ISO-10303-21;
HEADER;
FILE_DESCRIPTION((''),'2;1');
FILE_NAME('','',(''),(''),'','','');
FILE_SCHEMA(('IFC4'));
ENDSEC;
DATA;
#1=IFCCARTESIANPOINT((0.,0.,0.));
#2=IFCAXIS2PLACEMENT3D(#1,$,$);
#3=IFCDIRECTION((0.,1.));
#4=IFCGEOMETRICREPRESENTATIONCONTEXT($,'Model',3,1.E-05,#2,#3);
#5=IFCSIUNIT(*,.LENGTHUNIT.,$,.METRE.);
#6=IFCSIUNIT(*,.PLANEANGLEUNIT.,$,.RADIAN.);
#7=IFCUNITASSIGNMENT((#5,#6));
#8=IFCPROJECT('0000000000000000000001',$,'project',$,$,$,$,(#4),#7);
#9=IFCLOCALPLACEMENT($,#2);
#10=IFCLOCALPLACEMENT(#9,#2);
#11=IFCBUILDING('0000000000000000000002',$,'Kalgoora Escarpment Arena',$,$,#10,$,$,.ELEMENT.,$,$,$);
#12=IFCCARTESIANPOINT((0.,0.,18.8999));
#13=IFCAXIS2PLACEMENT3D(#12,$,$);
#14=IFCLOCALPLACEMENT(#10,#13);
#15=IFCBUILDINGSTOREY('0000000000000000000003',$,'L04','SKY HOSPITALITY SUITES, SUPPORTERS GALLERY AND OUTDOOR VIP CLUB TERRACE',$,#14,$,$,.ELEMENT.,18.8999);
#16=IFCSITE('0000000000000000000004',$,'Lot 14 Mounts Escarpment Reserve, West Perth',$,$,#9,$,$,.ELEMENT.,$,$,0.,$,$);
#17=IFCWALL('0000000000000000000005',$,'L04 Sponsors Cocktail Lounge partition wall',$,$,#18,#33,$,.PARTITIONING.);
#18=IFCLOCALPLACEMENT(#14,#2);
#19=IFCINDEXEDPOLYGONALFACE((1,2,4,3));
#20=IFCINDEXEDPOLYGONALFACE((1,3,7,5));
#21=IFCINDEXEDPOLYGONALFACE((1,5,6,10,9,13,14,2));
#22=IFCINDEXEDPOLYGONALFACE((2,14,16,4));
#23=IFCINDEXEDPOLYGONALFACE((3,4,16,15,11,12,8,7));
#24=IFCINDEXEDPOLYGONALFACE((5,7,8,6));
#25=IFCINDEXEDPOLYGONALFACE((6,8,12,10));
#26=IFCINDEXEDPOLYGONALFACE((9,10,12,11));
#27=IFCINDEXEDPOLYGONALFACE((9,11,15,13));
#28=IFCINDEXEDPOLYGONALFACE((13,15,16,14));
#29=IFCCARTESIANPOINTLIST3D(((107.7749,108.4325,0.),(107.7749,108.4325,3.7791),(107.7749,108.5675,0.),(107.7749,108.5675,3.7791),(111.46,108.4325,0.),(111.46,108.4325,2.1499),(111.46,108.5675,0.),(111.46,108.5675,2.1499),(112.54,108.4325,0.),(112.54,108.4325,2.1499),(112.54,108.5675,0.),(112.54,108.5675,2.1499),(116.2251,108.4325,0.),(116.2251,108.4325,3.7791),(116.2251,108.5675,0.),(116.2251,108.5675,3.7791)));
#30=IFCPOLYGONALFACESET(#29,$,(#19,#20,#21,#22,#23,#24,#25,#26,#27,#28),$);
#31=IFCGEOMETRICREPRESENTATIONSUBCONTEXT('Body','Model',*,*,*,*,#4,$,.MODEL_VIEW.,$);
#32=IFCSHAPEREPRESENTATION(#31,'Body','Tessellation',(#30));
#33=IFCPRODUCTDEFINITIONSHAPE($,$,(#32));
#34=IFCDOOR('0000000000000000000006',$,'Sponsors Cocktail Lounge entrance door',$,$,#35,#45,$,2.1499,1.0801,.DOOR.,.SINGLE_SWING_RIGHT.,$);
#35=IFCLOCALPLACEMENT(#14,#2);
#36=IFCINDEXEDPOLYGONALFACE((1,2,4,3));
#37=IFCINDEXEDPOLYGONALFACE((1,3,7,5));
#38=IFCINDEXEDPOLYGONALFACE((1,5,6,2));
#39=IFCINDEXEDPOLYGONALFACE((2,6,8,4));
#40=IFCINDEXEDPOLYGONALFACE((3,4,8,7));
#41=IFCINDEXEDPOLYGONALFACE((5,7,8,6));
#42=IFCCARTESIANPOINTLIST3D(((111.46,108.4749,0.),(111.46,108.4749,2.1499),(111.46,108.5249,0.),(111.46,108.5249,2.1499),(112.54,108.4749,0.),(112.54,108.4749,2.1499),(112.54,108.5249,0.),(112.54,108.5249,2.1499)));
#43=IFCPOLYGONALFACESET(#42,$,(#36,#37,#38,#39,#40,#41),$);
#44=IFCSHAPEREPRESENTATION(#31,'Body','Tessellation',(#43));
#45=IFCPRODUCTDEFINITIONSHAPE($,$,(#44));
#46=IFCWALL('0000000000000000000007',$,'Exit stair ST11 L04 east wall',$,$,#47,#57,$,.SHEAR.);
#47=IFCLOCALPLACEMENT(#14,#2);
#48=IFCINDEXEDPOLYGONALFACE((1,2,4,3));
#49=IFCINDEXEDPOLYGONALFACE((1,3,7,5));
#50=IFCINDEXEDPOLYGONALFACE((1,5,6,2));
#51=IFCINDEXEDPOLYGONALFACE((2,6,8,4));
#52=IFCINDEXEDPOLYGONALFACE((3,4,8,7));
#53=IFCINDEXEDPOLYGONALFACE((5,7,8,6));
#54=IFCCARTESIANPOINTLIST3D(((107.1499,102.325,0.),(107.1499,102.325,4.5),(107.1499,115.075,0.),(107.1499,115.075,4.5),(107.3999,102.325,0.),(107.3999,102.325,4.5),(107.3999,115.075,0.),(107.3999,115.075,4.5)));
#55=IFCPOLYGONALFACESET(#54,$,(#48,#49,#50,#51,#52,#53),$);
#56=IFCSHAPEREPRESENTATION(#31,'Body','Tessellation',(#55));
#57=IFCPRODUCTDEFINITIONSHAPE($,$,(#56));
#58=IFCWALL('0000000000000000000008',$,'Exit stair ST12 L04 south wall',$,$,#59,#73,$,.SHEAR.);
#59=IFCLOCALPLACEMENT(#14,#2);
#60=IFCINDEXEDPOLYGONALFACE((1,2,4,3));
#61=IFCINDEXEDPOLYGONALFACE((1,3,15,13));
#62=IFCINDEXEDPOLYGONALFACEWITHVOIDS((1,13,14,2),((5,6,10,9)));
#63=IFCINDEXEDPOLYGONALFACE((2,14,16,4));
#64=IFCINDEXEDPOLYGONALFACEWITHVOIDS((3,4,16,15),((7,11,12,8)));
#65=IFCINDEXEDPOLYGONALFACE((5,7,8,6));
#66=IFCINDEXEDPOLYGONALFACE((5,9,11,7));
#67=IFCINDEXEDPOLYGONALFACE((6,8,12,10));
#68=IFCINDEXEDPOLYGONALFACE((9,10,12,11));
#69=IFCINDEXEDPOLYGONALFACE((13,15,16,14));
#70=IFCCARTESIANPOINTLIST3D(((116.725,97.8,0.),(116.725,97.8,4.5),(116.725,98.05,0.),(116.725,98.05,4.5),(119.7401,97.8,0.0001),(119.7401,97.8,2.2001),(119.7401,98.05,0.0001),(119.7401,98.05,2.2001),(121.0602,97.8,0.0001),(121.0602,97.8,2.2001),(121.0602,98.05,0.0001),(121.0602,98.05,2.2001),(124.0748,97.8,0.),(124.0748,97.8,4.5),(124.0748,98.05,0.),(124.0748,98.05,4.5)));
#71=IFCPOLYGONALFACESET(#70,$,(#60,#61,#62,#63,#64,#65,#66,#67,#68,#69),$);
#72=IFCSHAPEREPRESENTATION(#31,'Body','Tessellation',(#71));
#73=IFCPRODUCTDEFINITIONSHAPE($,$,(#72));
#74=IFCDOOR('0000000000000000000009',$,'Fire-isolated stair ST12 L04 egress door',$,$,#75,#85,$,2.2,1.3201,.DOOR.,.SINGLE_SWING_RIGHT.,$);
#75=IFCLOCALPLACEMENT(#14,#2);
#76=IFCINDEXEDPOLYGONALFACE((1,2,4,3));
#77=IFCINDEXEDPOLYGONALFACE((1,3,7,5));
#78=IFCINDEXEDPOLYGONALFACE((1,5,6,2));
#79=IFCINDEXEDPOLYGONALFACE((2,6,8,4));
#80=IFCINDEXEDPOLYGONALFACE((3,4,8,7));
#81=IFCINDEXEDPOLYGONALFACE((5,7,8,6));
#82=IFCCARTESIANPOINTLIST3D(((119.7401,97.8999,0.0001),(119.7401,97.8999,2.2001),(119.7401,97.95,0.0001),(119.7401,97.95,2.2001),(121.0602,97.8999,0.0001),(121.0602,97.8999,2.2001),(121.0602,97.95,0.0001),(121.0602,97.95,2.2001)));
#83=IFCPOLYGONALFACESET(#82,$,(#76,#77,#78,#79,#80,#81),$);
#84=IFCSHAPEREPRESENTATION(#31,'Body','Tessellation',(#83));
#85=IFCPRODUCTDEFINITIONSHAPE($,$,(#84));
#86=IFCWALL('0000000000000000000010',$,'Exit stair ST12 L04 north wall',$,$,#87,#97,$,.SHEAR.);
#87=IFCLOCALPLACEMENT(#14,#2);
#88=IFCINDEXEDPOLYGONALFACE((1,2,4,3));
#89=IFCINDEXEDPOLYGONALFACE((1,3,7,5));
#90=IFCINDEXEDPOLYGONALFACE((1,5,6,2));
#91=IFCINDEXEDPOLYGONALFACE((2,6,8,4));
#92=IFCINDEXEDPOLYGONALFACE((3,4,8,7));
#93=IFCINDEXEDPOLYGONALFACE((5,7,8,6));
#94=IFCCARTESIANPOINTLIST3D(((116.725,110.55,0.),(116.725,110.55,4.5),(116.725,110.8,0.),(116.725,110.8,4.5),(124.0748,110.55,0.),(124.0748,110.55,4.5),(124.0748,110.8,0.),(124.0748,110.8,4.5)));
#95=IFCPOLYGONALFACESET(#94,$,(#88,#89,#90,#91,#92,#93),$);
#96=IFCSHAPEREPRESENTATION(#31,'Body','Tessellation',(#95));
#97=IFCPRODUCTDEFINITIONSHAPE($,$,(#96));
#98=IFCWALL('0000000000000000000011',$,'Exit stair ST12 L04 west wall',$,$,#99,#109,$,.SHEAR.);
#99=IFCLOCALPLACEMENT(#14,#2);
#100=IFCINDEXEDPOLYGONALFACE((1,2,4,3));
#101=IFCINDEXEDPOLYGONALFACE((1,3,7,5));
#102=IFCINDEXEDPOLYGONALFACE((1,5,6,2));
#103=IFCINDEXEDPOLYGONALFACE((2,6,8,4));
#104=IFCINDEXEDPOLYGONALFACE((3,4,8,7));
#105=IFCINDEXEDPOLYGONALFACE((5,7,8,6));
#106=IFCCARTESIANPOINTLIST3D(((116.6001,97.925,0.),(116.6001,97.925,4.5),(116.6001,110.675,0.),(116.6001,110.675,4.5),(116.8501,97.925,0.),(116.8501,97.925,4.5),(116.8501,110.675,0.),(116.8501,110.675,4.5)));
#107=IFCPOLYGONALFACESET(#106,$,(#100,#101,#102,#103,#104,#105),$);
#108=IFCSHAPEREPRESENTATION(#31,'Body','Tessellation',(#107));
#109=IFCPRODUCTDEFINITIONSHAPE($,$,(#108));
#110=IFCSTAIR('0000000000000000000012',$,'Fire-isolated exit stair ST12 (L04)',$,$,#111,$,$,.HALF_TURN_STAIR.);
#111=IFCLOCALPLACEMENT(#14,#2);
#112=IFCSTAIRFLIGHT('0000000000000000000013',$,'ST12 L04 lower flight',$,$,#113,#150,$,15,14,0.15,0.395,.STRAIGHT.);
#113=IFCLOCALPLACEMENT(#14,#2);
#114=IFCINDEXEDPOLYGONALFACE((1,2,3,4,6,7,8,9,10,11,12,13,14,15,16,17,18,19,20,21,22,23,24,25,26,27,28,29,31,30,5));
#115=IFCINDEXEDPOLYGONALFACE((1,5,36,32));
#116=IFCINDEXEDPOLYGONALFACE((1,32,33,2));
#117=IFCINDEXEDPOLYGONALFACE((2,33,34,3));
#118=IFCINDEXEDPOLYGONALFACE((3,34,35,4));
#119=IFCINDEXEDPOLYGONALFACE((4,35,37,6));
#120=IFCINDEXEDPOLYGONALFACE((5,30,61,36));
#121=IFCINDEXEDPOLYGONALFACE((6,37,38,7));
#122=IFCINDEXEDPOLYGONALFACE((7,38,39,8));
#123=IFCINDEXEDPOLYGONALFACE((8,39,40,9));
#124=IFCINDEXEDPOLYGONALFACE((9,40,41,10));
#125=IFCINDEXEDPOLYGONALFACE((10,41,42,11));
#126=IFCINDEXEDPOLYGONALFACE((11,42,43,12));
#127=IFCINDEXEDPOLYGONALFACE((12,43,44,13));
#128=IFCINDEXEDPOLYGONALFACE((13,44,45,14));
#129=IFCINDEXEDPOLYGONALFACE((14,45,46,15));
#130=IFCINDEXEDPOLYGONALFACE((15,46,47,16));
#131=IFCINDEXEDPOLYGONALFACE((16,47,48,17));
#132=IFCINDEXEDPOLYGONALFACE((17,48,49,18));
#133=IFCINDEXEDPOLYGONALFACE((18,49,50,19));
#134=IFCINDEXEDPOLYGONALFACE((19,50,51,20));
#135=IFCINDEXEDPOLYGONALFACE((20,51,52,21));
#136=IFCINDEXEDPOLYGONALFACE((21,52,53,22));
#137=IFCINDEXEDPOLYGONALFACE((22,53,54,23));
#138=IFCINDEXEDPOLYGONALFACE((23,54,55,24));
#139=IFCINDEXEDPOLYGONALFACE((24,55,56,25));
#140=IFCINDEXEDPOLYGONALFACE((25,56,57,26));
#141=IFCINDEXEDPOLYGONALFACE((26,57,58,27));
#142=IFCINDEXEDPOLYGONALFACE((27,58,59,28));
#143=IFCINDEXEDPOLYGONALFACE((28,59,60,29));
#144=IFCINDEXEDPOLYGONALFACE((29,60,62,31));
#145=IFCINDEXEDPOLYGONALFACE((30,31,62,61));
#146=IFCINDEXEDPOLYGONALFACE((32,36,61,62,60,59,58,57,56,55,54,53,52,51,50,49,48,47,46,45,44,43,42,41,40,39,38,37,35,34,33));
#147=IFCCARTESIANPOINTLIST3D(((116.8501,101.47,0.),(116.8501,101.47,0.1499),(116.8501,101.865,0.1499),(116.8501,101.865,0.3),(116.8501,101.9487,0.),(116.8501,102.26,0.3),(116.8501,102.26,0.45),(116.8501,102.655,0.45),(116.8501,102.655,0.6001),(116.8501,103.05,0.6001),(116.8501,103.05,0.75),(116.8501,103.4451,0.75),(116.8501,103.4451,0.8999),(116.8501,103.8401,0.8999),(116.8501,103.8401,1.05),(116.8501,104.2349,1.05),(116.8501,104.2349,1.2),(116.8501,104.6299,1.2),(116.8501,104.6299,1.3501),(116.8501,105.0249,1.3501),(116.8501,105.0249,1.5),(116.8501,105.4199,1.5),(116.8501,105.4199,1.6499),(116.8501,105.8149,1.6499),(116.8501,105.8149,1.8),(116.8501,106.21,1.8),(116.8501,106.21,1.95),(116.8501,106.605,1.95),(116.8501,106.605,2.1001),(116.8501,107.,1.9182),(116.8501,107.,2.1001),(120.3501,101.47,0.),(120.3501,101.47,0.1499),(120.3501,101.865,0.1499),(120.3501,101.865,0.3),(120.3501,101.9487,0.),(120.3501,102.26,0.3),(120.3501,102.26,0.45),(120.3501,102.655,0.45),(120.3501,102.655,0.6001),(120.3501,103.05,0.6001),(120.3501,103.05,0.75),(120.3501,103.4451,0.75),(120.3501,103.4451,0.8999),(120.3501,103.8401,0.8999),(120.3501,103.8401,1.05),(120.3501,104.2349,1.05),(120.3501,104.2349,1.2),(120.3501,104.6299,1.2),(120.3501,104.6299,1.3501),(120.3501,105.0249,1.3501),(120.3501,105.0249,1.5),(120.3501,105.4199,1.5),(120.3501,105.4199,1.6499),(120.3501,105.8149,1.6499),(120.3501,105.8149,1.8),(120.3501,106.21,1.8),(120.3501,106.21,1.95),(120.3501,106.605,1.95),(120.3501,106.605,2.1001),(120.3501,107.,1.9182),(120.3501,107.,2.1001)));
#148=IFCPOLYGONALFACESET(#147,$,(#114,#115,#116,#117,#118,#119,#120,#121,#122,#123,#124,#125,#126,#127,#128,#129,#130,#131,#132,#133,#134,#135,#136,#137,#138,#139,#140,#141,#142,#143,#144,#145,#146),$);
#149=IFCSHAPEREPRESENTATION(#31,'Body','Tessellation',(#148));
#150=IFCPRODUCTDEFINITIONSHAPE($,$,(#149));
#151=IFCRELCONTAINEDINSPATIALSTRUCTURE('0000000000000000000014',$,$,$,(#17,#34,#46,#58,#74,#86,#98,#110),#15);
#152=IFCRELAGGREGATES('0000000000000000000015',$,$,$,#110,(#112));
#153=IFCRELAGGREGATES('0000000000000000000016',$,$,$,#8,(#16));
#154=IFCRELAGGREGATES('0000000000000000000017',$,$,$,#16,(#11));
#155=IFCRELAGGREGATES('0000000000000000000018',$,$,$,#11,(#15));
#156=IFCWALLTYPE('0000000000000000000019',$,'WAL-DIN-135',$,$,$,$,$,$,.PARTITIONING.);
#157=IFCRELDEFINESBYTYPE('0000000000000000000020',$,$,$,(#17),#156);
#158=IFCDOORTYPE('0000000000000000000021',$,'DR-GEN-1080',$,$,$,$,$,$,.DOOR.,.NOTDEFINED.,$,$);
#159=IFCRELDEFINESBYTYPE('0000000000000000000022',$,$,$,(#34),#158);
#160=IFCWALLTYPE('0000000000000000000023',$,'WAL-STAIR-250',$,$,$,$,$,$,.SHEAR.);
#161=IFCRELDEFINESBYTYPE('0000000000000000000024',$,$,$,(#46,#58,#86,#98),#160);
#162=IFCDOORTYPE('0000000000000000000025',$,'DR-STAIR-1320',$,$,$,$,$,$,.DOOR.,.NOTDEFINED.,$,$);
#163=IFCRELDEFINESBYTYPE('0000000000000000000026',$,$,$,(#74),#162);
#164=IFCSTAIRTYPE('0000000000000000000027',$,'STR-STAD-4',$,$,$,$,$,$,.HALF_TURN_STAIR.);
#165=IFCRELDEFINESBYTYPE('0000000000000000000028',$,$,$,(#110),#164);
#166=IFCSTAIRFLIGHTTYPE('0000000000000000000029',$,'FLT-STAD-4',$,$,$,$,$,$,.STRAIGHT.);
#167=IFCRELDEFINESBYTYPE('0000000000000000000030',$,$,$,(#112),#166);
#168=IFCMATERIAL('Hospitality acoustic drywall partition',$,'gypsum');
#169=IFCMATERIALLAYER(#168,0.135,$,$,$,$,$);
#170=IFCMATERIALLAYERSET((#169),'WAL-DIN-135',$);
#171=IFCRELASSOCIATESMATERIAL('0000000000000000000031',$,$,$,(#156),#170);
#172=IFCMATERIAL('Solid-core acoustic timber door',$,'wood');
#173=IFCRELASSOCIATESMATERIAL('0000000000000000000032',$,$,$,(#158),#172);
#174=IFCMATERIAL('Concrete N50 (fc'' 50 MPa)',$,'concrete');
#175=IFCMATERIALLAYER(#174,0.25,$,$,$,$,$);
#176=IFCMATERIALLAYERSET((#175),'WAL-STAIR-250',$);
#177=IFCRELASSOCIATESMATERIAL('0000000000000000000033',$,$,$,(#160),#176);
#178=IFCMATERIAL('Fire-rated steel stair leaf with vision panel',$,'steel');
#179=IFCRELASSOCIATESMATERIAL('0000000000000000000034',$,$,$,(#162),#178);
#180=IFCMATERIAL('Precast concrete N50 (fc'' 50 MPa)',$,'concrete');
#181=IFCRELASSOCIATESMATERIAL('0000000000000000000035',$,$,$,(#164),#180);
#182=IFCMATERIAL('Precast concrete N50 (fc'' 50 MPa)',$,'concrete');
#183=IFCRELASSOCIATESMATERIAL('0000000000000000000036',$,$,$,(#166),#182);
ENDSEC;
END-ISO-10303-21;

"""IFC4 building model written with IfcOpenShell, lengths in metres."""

from ifc_helpers import new_model, si_unit, direction, frame, frame_2d, origin, place, context, subcontext, project, spatial, polyline, rectangle, outline, extrude, material, layer, layer_set, type_object, element, fill, aggregate, save


model = new_model("IFC4")

# Units and contexts
model_context = context("Model", 3, precision=1e-05, world=origin(), true_north=direction((0.0, 1.0)))
body_context = subcontext(model_context, "Body", "Model", "MODEL_VIEW")
ifc_project = project(units=[si_unit("LENGTHUNIT", "METRE"), si_unit("PLANEANGLEUNIT", "RADIAN")], contexts=[model_context])

# Site, building, storey
site_placement = place(None, origin())
site = spatial("IfcSite", under=ifc_project, at=site_placement, Name="Lot 14 Mounts Escarpment Reserve, West Perth", CompositionType="ELEMENT", RefElevation=0.0)
building_placement = place(site_placement, origin())
building = spatial("IfcBuilding", under=site, at=building_placement, Name="Kalgoora Escarpment Arena", CompositionType="ELEMENT")
storey_placement = place(building_placement, frame((0.0, 0.0, 18.8999)))
storey = spatial("IfcBuildingStorey", under=building, at=storey_placement, Name="L04", Description="SKY HOSPITALITY SUITES, SUPPORTERS GALLERY AND OUTDOOR VIP CLUB TERRACE", CompositionType="ELEMENT", Elevation=18.8999)

# Shared definitions
ifc_material_1 = material(Name="Hospitality acoustic drywall partition", Category="gypsum")
ifc_layer_1 = layer(ifc_material_1, 0.135)
ifc_layer_set_1 = layer_set([ifc_layer_1], Name="WAL-DIN-135")
wall_type_1 = type_object("IfcWallType", Name="WAL-DIN-135", PredefinedType="PARTITIONING", material=ifc_layer_set_1)

# Wall, opening, door
wall_1_placement = place(storey_placement, frame((107.7749, 108.5, 0.0), z_axis=(0.0, 0.0, 1.0), x_axis=(1.0, 0.0, 0.0)))
wall_1 = element("IfcWall", 1, at=wall_1_placement, inside=storey, type_object=wall_type_1, Name="L04 Sponsors Cocktail Lounge partition wall", PredefinedType="PARTITIONING", context=body_context, shape_type="SweptSolid", body=[
    extrude(rectangle(XDim=8.4502, YDim=0.135, at=frame_2d((4.2251, 0.0))), origin(), (0.0, 0.0, 1.0), 3.7791),
])
opening_1_placement = place(wall_1_placement, frame((3.6851, 0.0, 0.0)))
opening_1 = element("IfcOpeningElement", 2, at=opening_1_placement, cuts=wall_1, PredefinedType="OPENING", context=body_context, shape_type="SweptSolid", body=[
    extrude(rectangle(XDim=1.0801, YDim=2.1499, at=frame_2d((0.54, 1.075))), frame((0.0, 0.0774, 0.0), z_axis=(0.0, -1.0, 0.0), x_axis=(1.0, 0.0, 0.0)), (0.0, 0.0, 1.0), 0.155),
])
ifc_material_2 = material(Name="Solid-core acoustic timber door", Category="wood")
door_type_1 = type_object("IfcDoorType", Name="DR-GEN-1080", OperationType="NOTDEFINED", PredefinedType="DOOR", material=ifc_material_2)
door_1_placement = place(opening_1_placement, origin())
door_1 = element("IfcDoor", 3, at=door_1_placement, inside=storey, type_object=door_type_1, Name="Sponsors Cocktail Lounge entrance door", OperationType="SINGLE_SWING_RIGHT", OverallHeight=2.1499, OverallWidth=1.0801, PredefinedType="DOOR", context=body_context, shape_type="SweptSolid", body=[
    extrude(rectangle(XDim=1.0801, YDim=2.1499, at=frame_2d((0.54, 1.075))), frame((0.0, 0.0249, 0.0), z_axis=(0.0, -1.0, 0.0), x_axis=(1.0, 0.0, 0.0)), (0.0, 0.0, 1.0), 0.05),
])
fill(opening_1, door_1)

# Wall
ifc_material_3 = material(Name="Concrete N50 (fc' 50 MPa)", Category="concrete")
ifc_layer_2 = layer(ifc_material_3, 0.25)
ifc_layer_set_2 = layer_set([ifc_layer_2], Name="WAL-STAIR-250")
wall_type_2 = type_object("IfcWallType", Name="WAL-STAIR-250", PredefinedType="SHEAR", material=ifc_layer_set_2)
wall_2_placement = place(storey_placement, frame((107.2749, 102.325, 0.0), z_axis=(0.0, 0.0, 1.0), x_axis=(0.0, 1.0, 0.0)))
element("IfcWall", 4, at=wall_2_placement, inside=storey, type_object=wall_type_2, Name="Exit stair ST11 L04 east wall", PredefinedType="SHEAR", context=body_context, shape_type="SweptSolid", body=[
    extrude(rectangle(XDim=12.75, YDim=0.25, at=frame_2d((6.375, 0.0))), origin(), (0.0, 0.0, 1.0), 4.5),
])

# Wall, opening, door
wall_3_placement = place(storey_placement, frame((116.7251, 97.925, 0.0), z_axis=(0.0, 0.0, 1.0), x_axis=(1.0, 0.0, 0.0)))
wall_3 = element("IfcWall", 5, at=wall_3_placement, inside=storey, type_object=wall_type_2, Name="Exit stair ST12 L04 south wall", PredefinedType="SHEAR", context=body_context, shape_type="SweptSolid", body=[
    extrude(rectangle(XDim=7.3499, YDim=0.25, at=frame_2d((3.6748, 0.0))), origin(), (0.0, 0.0, 1.0), 4.5),
])
opening_2_placement = place(wall_3_placement, frame((3.0149, 0.0, 0.0)))
opening_2 = element("IfcOpeningElement", 6, at=opening_2_placement, cuts=wall_3, PredefinedType="OPENING", context=body_context, shape_type="SweptSolid", body=[
    extrude(rectangle(XDim=1.3201, YDim=2.2, at=frame_2d((0.6602, 1.1001))), frame((0.0, 0.135, 0.0), z_axis=(0.0, -1.0, 0.0), x_axis=(1.0, 0.0, 0.0)), (0.0, 0.0, 1.0), 0.27),
])
ifc_material_4 = material(Name="Fire-rated steel stair leaf with vision panel", Category="steel")
door_type_2 = type_object("IfcDoorType", Name="DR-STAIR-1320", OperationType="NOTDEFINED", PredefinedType="DOOR", material=ifc_material_4)
door_2_placement = place(opening_2_placement, origin())
door_2 = element("IfcDoor", 7, at=door_2_placement, inside=storey, type_object=door_type_2, Name="Fire-isolated stair ST12 L04 egress door", OperationType="SINGLE_SWING_RIGHT", OverallHeight=2.2, OverallWidth=1.3201, PredefinedType="DOOR", context=body_context, shape_type="SweptSolid", body=[
    extrude(rectangle(XDim=1.3201, YDim=2.2, at=frame_2d((0.6602, 1.1001))), frame((0.0, 0.0249, 0.0), z_axis=(0.0, -1.0, 0.0), x_axis=(1.0, 0.0, 0.0)), (0.0, 0.0, 1.0), 0.05),
])
fill(opening_2, door_2)

# Walls
wall_4_placement = place(storey_placement, frame((116.7251, 110.675, 0.0), z_axis=(0.0, 0.0, 1.0), x_axis=(1.0, 0.0, 0.0)))
element("IfcWall", 8, at=wall_4_placement, inside=storey, type_object=wall_type_2, Name="Exit stair ST12 L04 north wall", PredefinedType="SHEAR", context=body_context, shape_type="SweptSolid", body=[
    extrude(rectangle(XDim=7.3499, YDim=0.25, at=frame_2d((3.6748, 0.0))), origin(), (0.0, 0.0, 1.0), 4.5),
])
wall_5_placement = place(storey_placement, frame((116.7251, 97.925, 0.0), z_axis=(0.0, 0.0, 1.0), x_axis=(0.0, 1.0, 0.0)))
element("IfcWall", 9, at=wall_5_placement, inside=storey, type_object=wall_type_2, Name="Exit stair ST12 L04 west wall", PredefinedType="SHEAR", context=body_context, shape_type="SweptSolid", body=[
    extrude(rectangle(XDim=12.75, YDim=0.25, at=frame_2d((6.375, 0.0))), origin(), (0.0, 0.0, 1.0), 4.5),
])

# Stair, stair flight
ifc_material_5 = material(Name="Precast concrete N50 (fc' 50 MPa)", Category="concrete")
stair_type = type_object("IfcStairType", Name="STR-STAD-4", PredefinedType="HALF_TURN_STAIR", material=ifc_material_5)
stair_placement = place(storey_placement, origin())
stair = element("IfcStair", 10, at=stair_placement, inside=storey, type_object=stair_type, Name="Fire-isolated exit stair ST12 (L04)", PredefinedType="HALF_TURN_STAIR")
ifc_material_6 = material(Name="Precast concrete N50 (fc' 50 MPa)", Category="concrete")
stair_flight_type = type_object("IfcStairFlightType", Name="FLT-STAD-4", PredefinedType="STRAIGHT", material=ifc_material_6)
stair_flight_placement = place(storey_placement, frame((118.6001, 101.47, 0.0), z_axis=(0.0, 0.0, 1.0), x_axis=(0.0, 1.0, 0.0)))
stair_flight = element("IfcStairFlight", 11, at=stair_flight_placement, type_object=stair_flight_type, Name="ST12 L04 lower flight", NumberOfRisers=15, NumberOfTreads=14, PredefinedType="STRAIGHT", RiserHeight=0.15, TreadLength=0.395, context=body_context, shape_type="SweptSolid", body=[
    extrude(outline(polyline([(0.0, 0.0), (0.0, 0.1499), (0.395, 0.1499), (0.395, 0.3), (0.79, 0.3), (0.79, 0.45), (1.1851, 0.45), (1.1851, 0.6001), (1.5801, 0.6001), (1.5801, 0.75), (1.9751, 0.75), (1.9751, 0.8999), (2.3701, 0.8999), (2.3701, 1.05), (2.7649, 1.05), (2.7649, 1.2), (3.1599, 1.2), (3.1599, 1.3501), (3.5549, 1.3501), (3.5549, 1.5), (3.95, 1.5), (3.95, 1.6499), (4.345, 1.6499), (4.345, 1.8), (4.74, 1.8), (4.74, 1.95), (5.135, 1.95), (5.135, 2.1001), (5.53, 2.1001), (5.53, 2.25), (5.53, 1.9182), (0.4788, 0.0), (0.0, 0.0)])), frame((0.0, 1.75, 0.0), z_axis=(0.0, -1.0, 0.0), x_axis=(1.0, 0.0, 0.0)), (0.0, 0.0, 1.0), 3.5),
])
aggregate(stair, [stair_flight])

save(model, "model.ifc")
